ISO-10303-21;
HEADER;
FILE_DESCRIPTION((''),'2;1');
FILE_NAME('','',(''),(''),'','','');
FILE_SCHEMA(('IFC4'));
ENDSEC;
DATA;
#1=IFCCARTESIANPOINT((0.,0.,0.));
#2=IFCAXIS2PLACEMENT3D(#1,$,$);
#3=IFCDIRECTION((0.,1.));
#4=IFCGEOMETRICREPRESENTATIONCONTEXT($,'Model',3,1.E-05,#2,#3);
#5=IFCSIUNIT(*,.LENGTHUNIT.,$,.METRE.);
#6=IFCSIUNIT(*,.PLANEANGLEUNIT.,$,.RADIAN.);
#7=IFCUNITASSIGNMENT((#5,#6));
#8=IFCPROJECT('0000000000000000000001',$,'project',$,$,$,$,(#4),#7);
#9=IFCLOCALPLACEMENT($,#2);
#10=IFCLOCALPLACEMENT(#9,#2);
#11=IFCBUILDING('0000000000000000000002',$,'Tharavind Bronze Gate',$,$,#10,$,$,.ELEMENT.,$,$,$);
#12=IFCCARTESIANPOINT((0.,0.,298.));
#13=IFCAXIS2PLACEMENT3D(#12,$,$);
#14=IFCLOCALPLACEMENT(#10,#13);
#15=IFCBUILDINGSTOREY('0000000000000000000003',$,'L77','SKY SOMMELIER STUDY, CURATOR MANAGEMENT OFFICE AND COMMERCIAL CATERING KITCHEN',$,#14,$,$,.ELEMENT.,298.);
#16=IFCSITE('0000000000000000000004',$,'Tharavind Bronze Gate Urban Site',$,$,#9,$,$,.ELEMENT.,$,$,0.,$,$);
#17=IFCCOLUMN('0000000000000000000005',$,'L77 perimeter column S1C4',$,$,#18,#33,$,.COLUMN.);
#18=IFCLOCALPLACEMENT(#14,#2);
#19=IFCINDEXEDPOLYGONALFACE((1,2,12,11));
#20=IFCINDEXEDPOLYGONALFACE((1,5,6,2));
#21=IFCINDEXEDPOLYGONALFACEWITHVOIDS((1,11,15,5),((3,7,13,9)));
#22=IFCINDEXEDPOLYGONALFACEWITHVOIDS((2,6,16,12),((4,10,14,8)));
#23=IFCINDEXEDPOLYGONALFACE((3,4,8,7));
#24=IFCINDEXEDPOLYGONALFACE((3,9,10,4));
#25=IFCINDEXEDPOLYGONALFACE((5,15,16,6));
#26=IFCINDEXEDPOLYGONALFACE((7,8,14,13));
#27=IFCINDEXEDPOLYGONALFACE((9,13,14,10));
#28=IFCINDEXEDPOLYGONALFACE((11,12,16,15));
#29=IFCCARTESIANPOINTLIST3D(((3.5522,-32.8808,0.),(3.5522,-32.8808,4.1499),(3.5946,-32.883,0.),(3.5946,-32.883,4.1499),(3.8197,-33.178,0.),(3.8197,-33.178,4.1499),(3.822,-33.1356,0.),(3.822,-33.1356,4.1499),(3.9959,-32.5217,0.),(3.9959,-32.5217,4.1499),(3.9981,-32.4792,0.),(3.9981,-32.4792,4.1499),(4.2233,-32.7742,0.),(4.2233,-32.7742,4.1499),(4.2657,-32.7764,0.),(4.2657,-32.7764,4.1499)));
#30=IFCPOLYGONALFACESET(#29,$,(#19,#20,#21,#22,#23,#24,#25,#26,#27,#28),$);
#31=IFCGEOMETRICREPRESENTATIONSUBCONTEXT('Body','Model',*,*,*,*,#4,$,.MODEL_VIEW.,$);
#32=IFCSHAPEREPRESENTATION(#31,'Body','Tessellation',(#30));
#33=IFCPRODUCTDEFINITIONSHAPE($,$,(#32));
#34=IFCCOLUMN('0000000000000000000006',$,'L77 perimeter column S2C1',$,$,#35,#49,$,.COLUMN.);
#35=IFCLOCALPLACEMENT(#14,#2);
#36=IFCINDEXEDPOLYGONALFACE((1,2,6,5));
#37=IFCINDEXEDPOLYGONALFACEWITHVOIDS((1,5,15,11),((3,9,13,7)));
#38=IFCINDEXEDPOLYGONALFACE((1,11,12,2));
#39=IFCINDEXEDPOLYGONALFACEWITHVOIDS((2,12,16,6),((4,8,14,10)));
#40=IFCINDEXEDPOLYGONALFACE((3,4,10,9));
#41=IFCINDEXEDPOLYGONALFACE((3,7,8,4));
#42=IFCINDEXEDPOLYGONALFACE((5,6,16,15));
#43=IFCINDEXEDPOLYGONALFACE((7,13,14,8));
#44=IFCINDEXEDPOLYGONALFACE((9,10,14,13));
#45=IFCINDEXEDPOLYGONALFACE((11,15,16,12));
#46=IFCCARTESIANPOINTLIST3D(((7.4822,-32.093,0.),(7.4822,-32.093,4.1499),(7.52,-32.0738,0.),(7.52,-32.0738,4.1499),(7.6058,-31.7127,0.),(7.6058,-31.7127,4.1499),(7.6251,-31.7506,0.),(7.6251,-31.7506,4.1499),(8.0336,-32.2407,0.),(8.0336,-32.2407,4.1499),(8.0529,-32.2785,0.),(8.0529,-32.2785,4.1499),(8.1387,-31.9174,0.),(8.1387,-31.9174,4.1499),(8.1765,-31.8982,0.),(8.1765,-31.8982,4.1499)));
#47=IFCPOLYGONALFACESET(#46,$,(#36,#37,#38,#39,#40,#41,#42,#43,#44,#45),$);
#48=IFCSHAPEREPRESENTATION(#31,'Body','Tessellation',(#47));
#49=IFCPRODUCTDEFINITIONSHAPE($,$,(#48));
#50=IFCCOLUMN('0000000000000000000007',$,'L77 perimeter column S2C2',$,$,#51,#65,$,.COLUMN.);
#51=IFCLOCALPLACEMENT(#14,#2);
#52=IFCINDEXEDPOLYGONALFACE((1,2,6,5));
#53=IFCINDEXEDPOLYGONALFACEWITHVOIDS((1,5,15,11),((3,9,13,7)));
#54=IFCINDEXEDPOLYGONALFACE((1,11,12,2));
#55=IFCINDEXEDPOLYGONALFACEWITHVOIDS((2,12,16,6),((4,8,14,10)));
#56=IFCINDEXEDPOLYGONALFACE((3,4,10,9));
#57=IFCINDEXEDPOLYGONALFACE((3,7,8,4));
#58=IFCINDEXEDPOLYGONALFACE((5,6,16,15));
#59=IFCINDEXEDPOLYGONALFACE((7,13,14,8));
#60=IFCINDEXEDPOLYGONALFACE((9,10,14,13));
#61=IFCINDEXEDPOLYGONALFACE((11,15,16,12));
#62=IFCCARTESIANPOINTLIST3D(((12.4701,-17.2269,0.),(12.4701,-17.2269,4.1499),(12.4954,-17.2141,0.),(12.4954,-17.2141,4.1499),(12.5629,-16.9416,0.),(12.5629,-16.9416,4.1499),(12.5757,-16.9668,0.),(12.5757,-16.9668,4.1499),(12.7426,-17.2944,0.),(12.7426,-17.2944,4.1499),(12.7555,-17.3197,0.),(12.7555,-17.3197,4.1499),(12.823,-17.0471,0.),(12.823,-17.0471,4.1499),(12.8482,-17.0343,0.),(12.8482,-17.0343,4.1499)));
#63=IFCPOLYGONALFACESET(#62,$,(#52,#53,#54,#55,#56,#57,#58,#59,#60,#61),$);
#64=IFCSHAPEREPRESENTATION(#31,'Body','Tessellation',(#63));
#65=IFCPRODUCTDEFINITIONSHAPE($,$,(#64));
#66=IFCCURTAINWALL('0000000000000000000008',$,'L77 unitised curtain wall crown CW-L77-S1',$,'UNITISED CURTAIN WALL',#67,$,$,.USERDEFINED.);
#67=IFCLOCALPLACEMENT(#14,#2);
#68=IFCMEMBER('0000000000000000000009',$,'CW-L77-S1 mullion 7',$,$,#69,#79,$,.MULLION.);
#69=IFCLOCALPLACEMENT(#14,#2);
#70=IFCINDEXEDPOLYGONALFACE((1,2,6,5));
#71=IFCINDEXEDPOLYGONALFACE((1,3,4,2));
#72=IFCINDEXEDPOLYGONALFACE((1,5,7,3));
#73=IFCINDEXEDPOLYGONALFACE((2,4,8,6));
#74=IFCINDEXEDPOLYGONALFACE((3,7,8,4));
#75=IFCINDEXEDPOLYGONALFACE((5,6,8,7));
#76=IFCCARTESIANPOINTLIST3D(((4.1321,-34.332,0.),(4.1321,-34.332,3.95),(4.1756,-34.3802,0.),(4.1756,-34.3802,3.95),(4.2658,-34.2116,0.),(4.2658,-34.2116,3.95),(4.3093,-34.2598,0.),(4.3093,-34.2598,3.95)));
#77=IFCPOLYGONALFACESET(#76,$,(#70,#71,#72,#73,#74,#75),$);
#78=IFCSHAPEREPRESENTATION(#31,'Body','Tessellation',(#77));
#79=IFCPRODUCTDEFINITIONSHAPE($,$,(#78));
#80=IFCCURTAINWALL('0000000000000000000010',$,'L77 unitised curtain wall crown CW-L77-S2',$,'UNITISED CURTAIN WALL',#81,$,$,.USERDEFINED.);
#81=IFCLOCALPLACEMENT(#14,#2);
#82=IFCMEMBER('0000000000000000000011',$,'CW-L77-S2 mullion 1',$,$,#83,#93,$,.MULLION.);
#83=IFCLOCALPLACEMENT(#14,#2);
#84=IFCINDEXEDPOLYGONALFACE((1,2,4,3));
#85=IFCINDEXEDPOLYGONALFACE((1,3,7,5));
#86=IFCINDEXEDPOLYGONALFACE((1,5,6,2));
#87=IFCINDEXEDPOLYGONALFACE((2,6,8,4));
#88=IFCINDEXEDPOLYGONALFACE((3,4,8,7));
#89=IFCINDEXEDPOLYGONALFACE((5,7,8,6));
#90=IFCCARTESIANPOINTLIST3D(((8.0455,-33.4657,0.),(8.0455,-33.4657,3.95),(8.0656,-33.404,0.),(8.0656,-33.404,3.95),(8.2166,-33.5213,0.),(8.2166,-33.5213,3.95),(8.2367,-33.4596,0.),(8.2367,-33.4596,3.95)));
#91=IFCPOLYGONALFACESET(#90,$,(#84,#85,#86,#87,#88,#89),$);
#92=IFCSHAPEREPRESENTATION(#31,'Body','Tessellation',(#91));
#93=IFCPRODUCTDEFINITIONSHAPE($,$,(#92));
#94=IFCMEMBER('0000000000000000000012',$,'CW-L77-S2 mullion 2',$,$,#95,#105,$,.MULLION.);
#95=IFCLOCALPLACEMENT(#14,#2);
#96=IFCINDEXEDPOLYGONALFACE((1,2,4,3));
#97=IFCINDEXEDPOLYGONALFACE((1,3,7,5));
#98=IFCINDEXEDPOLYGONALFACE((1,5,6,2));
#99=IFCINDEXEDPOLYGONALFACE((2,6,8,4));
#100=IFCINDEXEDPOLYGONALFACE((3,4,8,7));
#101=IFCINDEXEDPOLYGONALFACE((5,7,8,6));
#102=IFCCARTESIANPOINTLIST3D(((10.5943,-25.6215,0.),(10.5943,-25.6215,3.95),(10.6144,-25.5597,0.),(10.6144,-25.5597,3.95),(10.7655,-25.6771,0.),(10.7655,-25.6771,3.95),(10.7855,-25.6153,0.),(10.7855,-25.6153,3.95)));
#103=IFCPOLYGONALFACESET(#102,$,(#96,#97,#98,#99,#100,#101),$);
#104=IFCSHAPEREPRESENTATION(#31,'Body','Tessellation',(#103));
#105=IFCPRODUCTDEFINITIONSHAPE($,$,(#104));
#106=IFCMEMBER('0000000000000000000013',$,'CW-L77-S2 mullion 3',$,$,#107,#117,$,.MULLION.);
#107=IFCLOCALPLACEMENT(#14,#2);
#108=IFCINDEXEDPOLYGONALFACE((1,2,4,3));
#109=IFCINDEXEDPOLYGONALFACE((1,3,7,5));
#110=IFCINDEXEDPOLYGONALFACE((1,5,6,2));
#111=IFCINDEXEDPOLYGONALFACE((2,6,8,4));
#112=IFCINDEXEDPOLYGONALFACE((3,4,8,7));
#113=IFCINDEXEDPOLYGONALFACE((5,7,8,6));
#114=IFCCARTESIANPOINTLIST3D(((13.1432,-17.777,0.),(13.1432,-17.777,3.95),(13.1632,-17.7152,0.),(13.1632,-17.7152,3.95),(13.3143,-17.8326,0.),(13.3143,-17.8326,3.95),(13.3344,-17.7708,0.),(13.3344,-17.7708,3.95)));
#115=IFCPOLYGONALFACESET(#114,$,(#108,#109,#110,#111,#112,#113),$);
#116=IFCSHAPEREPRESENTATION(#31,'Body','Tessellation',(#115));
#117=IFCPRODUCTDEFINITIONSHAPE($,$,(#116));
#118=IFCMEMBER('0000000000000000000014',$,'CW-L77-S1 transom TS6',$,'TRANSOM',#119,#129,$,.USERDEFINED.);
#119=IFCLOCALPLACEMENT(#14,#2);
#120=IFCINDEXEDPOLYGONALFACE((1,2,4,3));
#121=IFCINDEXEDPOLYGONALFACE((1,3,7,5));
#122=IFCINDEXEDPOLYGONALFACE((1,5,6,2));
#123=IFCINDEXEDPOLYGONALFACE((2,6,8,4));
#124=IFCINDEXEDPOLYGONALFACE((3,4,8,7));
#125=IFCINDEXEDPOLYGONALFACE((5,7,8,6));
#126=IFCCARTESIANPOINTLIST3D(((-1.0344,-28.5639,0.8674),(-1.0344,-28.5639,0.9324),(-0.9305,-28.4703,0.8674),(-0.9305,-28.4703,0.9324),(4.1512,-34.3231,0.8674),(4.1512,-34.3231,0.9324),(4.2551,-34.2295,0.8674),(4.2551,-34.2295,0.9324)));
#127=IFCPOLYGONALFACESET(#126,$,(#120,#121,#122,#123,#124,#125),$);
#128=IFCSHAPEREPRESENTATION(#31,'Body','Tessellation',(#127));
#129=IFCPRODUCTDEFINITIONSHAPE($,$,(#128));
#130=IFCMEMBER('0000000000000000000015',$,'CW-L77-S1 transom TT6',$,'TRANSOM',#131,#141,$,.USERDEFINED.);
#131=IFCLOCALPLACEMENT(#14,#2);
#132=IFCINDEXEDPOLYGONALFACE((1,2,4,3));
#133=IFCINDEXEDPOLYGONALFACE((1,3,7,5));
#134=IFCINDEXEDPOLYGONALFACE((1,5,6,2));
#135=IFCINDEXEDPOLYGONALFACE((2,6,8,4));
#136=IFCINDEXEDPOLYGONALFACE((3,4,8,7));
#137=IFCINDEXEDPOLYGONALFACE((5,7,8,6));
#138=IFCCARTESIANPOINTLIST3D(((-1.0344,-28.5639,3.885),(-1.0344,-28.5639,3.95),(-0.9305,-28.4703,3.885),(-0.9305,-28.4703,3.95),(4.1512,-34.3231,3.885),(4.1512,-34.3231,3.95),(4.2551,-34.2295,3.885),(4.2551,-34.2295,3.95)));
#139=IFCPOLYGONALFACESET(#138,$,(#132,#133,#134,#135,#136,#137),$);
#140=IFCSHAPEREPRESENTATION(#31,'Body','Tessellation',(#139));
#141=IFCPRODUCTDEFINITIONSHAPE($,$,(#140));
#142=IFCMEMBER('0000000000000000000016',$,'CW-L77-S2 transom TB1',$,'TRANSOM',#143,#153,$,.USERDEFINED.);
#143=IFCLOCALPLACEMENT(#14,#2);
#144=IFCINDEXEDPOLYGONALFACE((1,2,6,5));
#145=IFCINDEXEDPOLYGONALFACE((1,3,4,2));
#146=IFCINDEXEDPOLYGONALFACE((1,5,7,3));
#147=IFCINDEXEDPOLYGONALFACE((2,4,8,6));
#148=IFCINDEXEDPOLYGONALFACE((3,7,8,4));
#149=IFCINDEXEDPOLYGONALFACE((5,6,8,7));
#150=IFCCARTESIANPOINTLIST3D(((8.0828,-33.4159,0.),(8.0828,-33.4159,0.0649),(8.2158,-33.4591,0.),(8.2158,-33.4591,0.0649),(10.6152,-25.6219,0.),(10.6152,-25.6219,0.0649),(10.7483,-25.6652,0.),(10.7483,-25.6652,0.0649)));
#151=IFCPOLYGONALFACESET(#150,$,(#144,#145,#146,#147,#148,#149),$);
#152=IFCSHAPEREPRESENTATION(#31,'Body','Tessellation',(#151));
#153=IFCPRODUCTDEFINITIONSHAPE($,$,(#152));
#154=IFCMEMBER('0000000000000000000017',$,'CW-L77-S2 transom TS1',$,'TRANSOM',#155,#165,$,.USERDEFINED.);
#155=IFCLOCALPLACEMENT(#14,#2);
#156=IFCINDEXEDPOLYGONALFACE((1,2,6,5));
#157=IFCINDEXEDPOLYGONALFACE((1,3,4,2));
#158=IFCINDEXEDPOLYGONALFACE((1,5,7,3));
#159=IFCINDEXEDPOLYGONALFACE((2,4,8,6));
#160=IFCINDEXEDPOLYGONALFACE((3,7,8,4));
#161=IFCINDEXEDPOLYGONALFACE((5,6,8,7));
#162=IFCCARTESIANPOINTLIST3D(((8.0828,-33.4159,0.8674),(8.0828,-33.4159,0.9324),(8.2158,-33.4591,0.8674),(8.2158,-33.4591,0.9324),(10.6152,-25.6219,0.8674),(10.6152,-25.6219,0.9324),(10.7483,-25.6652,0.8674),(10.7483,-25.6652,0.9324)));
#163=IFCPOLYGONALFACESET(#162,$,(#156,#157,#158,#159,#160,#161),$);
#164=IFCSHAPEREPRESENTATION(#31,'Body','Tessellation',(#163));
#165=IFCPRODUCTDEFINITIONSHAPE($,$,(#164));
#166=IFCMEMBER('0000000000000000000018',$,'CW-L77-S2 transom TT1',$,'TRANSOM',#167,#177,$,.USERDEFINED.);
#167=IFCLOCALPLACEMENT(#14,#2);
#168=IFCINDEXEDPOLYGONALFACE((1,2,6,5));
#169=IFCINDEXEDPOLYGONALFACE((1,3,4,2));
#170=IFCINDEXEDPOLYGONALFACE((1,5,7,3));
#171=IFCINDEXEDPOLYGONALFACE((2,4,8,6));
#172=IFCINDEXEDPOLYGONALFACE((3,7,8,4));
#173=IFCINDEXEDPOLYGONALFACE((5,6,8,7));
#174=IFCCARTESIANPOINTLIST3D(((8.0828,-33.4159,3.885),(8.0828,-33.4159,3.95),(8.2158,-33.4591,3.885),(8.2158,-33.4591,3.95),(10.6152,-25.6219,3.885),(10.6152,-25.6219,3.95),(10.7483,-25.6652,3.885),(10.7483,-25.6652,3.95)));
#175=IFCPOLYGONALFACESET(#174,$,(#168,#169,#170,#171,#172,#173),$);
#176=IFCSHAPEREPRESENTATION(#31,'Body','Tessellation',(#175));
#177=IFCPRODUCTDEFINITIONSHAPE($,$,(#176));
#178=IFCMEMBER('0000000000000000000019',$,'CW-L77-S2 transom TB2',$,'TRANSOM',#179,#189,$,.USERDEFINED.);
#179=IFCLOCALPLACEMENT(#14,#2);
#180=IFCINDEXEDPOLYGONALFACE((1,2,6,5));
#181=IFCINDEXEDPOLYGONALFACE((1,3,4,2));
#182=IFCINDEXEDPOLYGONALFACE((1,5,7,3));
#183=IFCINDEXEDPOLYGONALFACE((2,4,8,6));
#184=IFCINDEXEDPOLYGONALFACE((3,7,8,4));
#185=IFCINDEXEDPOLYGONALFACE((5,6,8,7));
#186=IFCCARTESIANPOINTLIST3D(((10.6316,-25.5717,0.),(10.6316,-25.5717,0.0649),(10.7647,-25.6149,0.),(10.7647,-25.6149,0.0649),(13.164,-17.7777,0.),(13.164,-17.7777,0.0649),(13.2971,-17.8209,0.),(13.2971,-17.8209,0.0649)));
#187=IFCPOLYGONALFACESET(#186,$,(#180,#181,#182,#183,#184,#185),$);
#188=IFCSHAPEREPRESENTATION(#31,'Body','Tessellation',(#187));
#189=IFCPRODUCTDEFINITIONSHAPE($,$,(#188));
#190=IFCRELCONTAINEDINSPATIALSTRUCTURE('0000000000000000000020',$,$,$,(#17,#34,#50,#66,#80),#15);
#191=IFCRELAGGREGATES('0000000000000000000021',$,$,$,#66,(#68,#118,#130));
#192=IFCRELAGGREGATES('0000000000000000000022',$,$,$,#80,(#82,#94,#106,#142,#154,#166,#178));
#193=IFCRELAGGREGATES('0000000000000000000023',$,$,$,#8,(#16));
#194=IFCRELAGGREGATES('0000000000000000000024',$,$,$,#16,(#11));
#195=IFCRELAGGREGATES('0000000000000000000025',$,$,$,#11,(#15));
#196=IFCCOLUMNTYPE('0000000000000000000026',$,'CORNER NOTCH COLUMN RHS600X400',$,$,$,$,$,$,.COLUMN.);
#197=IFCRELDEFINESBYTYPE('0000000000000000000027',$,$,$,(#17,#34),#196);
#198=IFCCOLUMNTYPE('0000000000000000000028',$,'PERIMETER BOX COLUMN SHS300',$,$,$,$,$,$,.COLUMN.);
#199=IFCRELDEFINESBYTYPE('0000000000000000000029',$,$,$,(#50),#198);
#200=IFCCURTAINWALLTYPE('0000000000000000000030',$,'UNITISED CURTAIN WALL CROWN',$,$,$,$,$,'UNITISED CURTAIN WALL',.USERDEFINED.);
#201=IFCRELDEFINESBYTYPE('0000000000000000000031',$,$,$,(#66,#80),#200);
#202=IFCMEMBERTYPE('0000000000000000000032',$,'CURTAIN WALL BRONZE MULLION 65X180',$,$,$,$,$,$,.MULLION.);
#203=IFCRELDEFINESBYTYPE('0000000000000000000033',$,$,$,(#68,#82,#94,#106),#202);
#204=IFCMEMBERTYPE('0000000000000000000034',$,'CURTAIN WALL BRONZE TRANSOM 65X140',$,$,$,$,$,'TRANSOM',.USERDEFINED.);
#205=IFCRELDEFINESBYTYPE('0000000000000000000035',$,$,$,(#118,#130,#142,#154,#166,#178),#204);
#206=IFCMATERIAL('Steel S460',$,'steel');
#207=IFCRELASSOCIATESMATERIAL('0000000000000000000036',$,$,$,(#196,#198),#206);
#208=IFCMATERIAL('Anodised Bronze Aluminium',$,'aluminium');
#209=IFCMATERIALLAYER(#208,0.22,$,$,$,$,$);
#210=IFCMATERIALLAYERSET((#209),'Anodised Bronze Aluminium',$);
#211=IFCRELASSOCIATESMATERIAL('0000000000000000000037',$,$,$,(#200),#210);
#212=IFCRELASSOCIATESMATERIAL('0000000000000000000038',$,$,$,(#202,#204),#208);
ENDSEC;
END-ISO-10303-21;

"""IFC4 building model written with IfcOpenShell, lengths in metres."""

from ifc_helpers import new_model, si_unit, direction, frame, origin, origin_2d, place, context, subcontext, project, spatial, rectangle, hollow_rectangle, extrude, material, layer, layer_set, material_profile, profile_set, type_object, element, aggregate, save


model = new_model("IFC4")

# Units and contexts
model_context = context("Model", 3, precision=1e-05, world=origin(), true_north=direction((0.0, 1.0)))
body_context = subcontext(model_context, "Body", "Model", "MODEL_VIEW")
ifc_project = project(units=[si_unit("LENGTHUNIT", "METRE"), si_unit("PLANEANGLEUNIT", "RADIAN")], contexts=[model_context])

# Site, building, storey
site_placement = place(None, origin())
site = spatial("IfcSite", under=ifc_project, at=site_placement, Name="Tharavind Bronze Gate Urban Site", CompositionType="ELEMENT", RefElevation=0.0)
building_placement = place(site_placement, origin())
building = spatial("IfcBuilding", under=site, at=building_placement, Name="Tharavind Bronze Gate", CompositionType="ELEMENT")
storey_placement = place(building_placement, frame((0.0, 0.0, 298.0)))
storey = spatial("IfcBuildingStorey", under=building, at=storey_placement, Name="L77", Description="SKY SOMMELIER STUDY, CURATOR MANAGEMENT OFFICE AND COMMERCIAL CATERING KITCHEN", CompositionType="ELEMENT", Elevation=298.0)

# Columns
ifc_material_1 = material(Name="Steel S460", Category="steel")
ifc_material_profile_1 = material_profile(ifc_material_1, hollow_rectangle(XDim=0.3999, YDim=0.6001, WallThickness=0.03, at=origin_2d()), Name="RHS600X400X30")
ifc_profile_set_1 = profile_set([ifc_material_profile_1], Name="Steel S460")
column_type_1 = type_object("IfcColumnType", Name="CORNER NOTCH COLUMN RHS600X400", PredefinedType="COLUMN", material=ifc_profile_set_1)
for number, where, z_axis, x_axis, name in (
    (1, (3.9089, -32.8286, 0.0), (0.0, 0.0, 1.0), (-0.669131, 0.743145, 0.0), "L77 perimeter column S1C4"),
    (2, (7.8293, -31.9956, 0.0), (0.0, 0.0, 1.0), (0.309019, 0.951056, 0.0), "L77 perimeter column S2C1"),
):
    element("IfcColumn", number, at=place(storey_placement, frame(where, z_axis=z_axis, x_axis=x_axis)), inside=storey, type_object=column_type_1, Name=name, PredefinedType="COLUMN", context=body_context, shape_type="SweptSolid", body=[
        extrude(hollow_rectangle(XDim=0.3999, YDim=0.6001, WallThickness=0.03, at=origin_2d()), origin(), (0.0, 0.0, 1.0), 4.1499),
    ])
ifc_material_profile_2 = material_profile(ifc_material_1, hollow_rectangle(XDim=0.3, YDim=0.3, WallThickness=0.02, at=origin_2d()), Name="SHS300X20")
ifc_profile_set_2 = profile_set([ifc_material_profile_2], Name="Steel S460")
column_type_2 = type_object("IfcColumnType", Name="PERIMETER BOX COLUMN SHS300", PredefinedType="COLUMN", material=ifc_profile_set_2)
column_placement = place(storey_placement, frame((12.6592, -17.1306, 0.0), z_axis=(0.0, 0.0, 1.0), x_axis=(0.309019, 0.951056, 0.0)))
element("IfcColumn", 3, at=column_placement, inside=storey, type_object=column_type_2, Name="L77 perimeter column S2C2", PredefinedType="COLUMN", context=body_context, shape_type="SweptSolid", body=[
    extrude(hollow_rectangle(XDim=0.3, YDim=0.3, WallThickness=0.02, at=origin_2d()), origin(), (0.0, 0.0, 1.0), 4.1499),
])

# Curtain wall, member
ifc_material_2 = material(Name="Anodised Bronze Aluminium", Category="aluminium")
ifc_layer_1 = layer(ifc_material_2, 0.22)
ifc_layer_set_1 = layer_set([ifc_layer_1], Name="Anodised Bronze Aluminium")
curtain_wall_type = type_object("IfcCurtainWallType", Name="UNITISED CURTAIN WALL CROWN", ElementType="UNITISED CURTAIN WALL", PredefinedType="USERDEFINED", material=ifc_layer_set_1)
curtain_wall_1_placement = place(storey_placement, origin())
curtain_wall_1 = element("IfcCurtainWall", 4, at=curtain_wall_1_placement, inside=storey, type_object=curtain_wall_type, Name="L77 unitised curtain wall crown CW-L77-S1", ObjectType="UNITISED CURTAIN WALL", PredefinedType="USERDEFINED")
member_type_1 = type_object("IfcMemberType", Name="CURTAIN WALL BRONZE MULLION 65X180", PredefinedType="MULLION", material=ifc_material_2)
member_1_placement = place(storey_placement, frame((4.2207, -34.2959, 0.0), z_axis=(0.0, 0.0, 1.0), x_axis=(0.669131, -0.743145, 0.0)))
member_1 = element("IfcMember", 5, at=member_1_placement, type_object=member_type_1, Name="CW-L77-S1 mullion 7", PredefinedType="MULLION", context=body_context, shape_type="SweptSolid", body=[
    extrude(rectangle(XDim=0.0649, YDim=0.1799, at=origin_2d()), origin(), (0.0, 0.0, 1.0), 3.95),
])

# Curtain wall, members
curtain_wall_2_placement = place(storey_placement, origin())
curtain_wall_2 = element("IfcCurtainWall", 6, at=curtain_wall_2_placement, inside=storey, type_object=curtain_wall_type, Name="L77 unitised curtain wall crown CW-L77-S2", ObjectType="UNITISED CURTAIN WALL", PredefinedType="USERDEFINED")
member_2_placement = place(storey_placement, frame((8.1411, -33.4626, 0.0), z_axis=(0.0, 0.0, 1.0), x_axis=(0.309017, 0.951057, 0.0)))
member_2 = element("IfcMember", 7, at=member_2_placement, type_object=member_type_1, Name="CW-L77-S2 mullion 1", PredefinedType="MULLION", context=body_context, shape_type="SweptSolid", body=[
    extrude(rectangle(XDim=0.0649, YDim=0.1799, at=origin_2d()), origin(), (0.0, 0.0, 1.0), 3.95),
])
member_3_placement = place(storey_placement, frame((10.6899, -25.6184, 0.0), z_axis=(0.0, 0.0, 1.0), x_axis=(0.309017, 0.951057, 0.0)))
member_3 = element("IfcMember", 8, at=member_3_placement, type_object=member_type_1, Name="CW-L77-S2 mullion 2", PredefinedType="MULLION", context=body_context, shape_type="SweptSolid", body=[
    extrude(rectangle(XDim=0.0649, YDim=0.1799, at=origin_2d()), origin(), (0.0, 0.0, 1.0), 3.95),
])
member_4_placement = place(storey_placement, frame((13.2388, -17.7739, 0.0), z_axis=(0.0, 0.0, 1.0), x_axis=(0.309017, 0.951057, 0.0)))
member_4 = element("IfcMember", 9, at=member_4_placement, type_object=member_type_1, Name="CW-L77-S2 mullion 3", PredefinedType="MULLION", context=body_context, shape_type="SweptSolid", body=[
    extrude(rectangle(XDim=0.0649, YDim=0.1799, at=origin_2d()), origin(), (0.0, 0.0, 1.0), 3.95),
])

# Members
member_type_2 = type_object("IfcMemberType", Name="CURTAIN WALL BRONZE TRANSOM 65X140", ElementType="TRANSOM", PredefinedType="USERDEFINED", material=ifc_material_2)
member_5_placement = place(storey_placement, frame((1.6104, -31.3967, 0.8674), z_axis=(0.0, 0.0, 1.0), x_axis=(0.669131, -0.743145, 0.0)))
member_5 = element("IfcMember", 10, at=member_5_placement, type_object=member_type_2, Name="CW-L77-S1 transom TS6", ObjectType="TRANSOM", PredefinedType="USERDEFINED", context=body_context, shape_type="SweptSolid", body=[
    extrude(rectangle(XDim=7.7498, YDim=0.1399, at=origin_2d()), origin(), (0.0, 0.0, 1.0), 0.0649),
])
member_6_placement = place(storey_placement, frame((1.6104, -31.3967, 3.885), z_axis=(0.0, 0.0, 1.0), x_axis=(0.669131, -0.743145, 0.0)))
member_6 = element("IfcMember", 11, at=member_6_placement, type_object=member_type_2, Name="CW-L77-S1 transom TT6", ObjectType="TRANSOM", PredefinedType="USERDEFINED", context=body_context, shape_type="SweptSolid", body=[
    extrude(rectangle(XDim=7.7498, YDim=0.1399, at=origin_2d()), origin(), (0.0, 0.0, 1.0), 0.0649),
])
member_7_placement = place(storey_placement, frame((9.4155, -29.5405, 0.0), z_axis=(0.0, 0.0, 1.0), x_axis=(0.309017, 0.951057, 0.0)))
member_7 = element("IfcMember", 12, at=member_7_placement, type_object=member_type_2, Name="CW-L77-S2 transom TB1", ObjectType="TRANSOM", PredefinedType="USERDEFINED", context=body_context, shape_type="SweptSolid", body=[
    extrude(rectangle(XDim=8.1951, YDim=0.1399, at=origin_2d()), origin(), (0.0, 0.0, 1.0), 0.0649),
])
member_8_placement = place(storey_placement, frame((9.4155, -29.5405, 0.8674), z_axis=(0.0, 0.0, 1.0), x_axis=(0.309017, 0.951057, 0.0)))
member_8 = element("IfcMember", 13, at=member_8_placement, type_object=member_type_2, Name="CW-L77-S2 transom TS1", ObjectType="TRANSOM", PredefinedType="USERDEFINED", context=body_context, shape_type="SweptSolid", body=[
    extrude(rectangle(XDim=8.1951, YDim=0.1399, at=origin_2d()), origin(), (0.0, 0.0, 1.0), 0.0649),
])
member_9_placement = place(storey_placement, frame((9.4155, -29.5405, 3.885), z_axis=(0.0, 0.0, 1.0), x_axis=(0.309017, 0.951057, 0.0)))
member_9 = element("IfcMember", 14, at=member_9_placement, type_object=member_type_2, Name="CW-L77-S2 transom TT1", ObjectType="TRANSOM", PredefinedType="USERDEFINED", context=body_context, shape_type="SweptSolid", body=[
    extrude(rectangle(XDim=8.1951, YDim=0.1399, at=origin_2d()), origin(), (0.0, 0.0, 1.0), 0.0649),
])
member_10_placement = place(storey_placement, frame((11.9644, -21.6963, 0.0), z_axis=(0.0, 0.0, 1.0), x_axis=(0.309017, 0.951057, 0.0)))
member_10 = element("IfcMember", 15, at=member_10_placement, type_object=member_type_2, Name="CW-L77-S2 transom TB2", ObjectType="TRANSOM", PredefinedType="USERDEFINED", context=body_context, shape_type="SweptSolid", body=[
    extrude(rectangle(XDim=8.1951, YDim=0.1399, at=origin_2d()), origin(), (0.0, 0.0, 1.0), 0.0649),
])

aggregate(curtain_wall_1, [member_1, member_5, member_6])
aggregate(curtain_wall_2, [member_2, member_3, member_4, member_7, member_8, member_9, member_10])

save(model, "model.ifc")
